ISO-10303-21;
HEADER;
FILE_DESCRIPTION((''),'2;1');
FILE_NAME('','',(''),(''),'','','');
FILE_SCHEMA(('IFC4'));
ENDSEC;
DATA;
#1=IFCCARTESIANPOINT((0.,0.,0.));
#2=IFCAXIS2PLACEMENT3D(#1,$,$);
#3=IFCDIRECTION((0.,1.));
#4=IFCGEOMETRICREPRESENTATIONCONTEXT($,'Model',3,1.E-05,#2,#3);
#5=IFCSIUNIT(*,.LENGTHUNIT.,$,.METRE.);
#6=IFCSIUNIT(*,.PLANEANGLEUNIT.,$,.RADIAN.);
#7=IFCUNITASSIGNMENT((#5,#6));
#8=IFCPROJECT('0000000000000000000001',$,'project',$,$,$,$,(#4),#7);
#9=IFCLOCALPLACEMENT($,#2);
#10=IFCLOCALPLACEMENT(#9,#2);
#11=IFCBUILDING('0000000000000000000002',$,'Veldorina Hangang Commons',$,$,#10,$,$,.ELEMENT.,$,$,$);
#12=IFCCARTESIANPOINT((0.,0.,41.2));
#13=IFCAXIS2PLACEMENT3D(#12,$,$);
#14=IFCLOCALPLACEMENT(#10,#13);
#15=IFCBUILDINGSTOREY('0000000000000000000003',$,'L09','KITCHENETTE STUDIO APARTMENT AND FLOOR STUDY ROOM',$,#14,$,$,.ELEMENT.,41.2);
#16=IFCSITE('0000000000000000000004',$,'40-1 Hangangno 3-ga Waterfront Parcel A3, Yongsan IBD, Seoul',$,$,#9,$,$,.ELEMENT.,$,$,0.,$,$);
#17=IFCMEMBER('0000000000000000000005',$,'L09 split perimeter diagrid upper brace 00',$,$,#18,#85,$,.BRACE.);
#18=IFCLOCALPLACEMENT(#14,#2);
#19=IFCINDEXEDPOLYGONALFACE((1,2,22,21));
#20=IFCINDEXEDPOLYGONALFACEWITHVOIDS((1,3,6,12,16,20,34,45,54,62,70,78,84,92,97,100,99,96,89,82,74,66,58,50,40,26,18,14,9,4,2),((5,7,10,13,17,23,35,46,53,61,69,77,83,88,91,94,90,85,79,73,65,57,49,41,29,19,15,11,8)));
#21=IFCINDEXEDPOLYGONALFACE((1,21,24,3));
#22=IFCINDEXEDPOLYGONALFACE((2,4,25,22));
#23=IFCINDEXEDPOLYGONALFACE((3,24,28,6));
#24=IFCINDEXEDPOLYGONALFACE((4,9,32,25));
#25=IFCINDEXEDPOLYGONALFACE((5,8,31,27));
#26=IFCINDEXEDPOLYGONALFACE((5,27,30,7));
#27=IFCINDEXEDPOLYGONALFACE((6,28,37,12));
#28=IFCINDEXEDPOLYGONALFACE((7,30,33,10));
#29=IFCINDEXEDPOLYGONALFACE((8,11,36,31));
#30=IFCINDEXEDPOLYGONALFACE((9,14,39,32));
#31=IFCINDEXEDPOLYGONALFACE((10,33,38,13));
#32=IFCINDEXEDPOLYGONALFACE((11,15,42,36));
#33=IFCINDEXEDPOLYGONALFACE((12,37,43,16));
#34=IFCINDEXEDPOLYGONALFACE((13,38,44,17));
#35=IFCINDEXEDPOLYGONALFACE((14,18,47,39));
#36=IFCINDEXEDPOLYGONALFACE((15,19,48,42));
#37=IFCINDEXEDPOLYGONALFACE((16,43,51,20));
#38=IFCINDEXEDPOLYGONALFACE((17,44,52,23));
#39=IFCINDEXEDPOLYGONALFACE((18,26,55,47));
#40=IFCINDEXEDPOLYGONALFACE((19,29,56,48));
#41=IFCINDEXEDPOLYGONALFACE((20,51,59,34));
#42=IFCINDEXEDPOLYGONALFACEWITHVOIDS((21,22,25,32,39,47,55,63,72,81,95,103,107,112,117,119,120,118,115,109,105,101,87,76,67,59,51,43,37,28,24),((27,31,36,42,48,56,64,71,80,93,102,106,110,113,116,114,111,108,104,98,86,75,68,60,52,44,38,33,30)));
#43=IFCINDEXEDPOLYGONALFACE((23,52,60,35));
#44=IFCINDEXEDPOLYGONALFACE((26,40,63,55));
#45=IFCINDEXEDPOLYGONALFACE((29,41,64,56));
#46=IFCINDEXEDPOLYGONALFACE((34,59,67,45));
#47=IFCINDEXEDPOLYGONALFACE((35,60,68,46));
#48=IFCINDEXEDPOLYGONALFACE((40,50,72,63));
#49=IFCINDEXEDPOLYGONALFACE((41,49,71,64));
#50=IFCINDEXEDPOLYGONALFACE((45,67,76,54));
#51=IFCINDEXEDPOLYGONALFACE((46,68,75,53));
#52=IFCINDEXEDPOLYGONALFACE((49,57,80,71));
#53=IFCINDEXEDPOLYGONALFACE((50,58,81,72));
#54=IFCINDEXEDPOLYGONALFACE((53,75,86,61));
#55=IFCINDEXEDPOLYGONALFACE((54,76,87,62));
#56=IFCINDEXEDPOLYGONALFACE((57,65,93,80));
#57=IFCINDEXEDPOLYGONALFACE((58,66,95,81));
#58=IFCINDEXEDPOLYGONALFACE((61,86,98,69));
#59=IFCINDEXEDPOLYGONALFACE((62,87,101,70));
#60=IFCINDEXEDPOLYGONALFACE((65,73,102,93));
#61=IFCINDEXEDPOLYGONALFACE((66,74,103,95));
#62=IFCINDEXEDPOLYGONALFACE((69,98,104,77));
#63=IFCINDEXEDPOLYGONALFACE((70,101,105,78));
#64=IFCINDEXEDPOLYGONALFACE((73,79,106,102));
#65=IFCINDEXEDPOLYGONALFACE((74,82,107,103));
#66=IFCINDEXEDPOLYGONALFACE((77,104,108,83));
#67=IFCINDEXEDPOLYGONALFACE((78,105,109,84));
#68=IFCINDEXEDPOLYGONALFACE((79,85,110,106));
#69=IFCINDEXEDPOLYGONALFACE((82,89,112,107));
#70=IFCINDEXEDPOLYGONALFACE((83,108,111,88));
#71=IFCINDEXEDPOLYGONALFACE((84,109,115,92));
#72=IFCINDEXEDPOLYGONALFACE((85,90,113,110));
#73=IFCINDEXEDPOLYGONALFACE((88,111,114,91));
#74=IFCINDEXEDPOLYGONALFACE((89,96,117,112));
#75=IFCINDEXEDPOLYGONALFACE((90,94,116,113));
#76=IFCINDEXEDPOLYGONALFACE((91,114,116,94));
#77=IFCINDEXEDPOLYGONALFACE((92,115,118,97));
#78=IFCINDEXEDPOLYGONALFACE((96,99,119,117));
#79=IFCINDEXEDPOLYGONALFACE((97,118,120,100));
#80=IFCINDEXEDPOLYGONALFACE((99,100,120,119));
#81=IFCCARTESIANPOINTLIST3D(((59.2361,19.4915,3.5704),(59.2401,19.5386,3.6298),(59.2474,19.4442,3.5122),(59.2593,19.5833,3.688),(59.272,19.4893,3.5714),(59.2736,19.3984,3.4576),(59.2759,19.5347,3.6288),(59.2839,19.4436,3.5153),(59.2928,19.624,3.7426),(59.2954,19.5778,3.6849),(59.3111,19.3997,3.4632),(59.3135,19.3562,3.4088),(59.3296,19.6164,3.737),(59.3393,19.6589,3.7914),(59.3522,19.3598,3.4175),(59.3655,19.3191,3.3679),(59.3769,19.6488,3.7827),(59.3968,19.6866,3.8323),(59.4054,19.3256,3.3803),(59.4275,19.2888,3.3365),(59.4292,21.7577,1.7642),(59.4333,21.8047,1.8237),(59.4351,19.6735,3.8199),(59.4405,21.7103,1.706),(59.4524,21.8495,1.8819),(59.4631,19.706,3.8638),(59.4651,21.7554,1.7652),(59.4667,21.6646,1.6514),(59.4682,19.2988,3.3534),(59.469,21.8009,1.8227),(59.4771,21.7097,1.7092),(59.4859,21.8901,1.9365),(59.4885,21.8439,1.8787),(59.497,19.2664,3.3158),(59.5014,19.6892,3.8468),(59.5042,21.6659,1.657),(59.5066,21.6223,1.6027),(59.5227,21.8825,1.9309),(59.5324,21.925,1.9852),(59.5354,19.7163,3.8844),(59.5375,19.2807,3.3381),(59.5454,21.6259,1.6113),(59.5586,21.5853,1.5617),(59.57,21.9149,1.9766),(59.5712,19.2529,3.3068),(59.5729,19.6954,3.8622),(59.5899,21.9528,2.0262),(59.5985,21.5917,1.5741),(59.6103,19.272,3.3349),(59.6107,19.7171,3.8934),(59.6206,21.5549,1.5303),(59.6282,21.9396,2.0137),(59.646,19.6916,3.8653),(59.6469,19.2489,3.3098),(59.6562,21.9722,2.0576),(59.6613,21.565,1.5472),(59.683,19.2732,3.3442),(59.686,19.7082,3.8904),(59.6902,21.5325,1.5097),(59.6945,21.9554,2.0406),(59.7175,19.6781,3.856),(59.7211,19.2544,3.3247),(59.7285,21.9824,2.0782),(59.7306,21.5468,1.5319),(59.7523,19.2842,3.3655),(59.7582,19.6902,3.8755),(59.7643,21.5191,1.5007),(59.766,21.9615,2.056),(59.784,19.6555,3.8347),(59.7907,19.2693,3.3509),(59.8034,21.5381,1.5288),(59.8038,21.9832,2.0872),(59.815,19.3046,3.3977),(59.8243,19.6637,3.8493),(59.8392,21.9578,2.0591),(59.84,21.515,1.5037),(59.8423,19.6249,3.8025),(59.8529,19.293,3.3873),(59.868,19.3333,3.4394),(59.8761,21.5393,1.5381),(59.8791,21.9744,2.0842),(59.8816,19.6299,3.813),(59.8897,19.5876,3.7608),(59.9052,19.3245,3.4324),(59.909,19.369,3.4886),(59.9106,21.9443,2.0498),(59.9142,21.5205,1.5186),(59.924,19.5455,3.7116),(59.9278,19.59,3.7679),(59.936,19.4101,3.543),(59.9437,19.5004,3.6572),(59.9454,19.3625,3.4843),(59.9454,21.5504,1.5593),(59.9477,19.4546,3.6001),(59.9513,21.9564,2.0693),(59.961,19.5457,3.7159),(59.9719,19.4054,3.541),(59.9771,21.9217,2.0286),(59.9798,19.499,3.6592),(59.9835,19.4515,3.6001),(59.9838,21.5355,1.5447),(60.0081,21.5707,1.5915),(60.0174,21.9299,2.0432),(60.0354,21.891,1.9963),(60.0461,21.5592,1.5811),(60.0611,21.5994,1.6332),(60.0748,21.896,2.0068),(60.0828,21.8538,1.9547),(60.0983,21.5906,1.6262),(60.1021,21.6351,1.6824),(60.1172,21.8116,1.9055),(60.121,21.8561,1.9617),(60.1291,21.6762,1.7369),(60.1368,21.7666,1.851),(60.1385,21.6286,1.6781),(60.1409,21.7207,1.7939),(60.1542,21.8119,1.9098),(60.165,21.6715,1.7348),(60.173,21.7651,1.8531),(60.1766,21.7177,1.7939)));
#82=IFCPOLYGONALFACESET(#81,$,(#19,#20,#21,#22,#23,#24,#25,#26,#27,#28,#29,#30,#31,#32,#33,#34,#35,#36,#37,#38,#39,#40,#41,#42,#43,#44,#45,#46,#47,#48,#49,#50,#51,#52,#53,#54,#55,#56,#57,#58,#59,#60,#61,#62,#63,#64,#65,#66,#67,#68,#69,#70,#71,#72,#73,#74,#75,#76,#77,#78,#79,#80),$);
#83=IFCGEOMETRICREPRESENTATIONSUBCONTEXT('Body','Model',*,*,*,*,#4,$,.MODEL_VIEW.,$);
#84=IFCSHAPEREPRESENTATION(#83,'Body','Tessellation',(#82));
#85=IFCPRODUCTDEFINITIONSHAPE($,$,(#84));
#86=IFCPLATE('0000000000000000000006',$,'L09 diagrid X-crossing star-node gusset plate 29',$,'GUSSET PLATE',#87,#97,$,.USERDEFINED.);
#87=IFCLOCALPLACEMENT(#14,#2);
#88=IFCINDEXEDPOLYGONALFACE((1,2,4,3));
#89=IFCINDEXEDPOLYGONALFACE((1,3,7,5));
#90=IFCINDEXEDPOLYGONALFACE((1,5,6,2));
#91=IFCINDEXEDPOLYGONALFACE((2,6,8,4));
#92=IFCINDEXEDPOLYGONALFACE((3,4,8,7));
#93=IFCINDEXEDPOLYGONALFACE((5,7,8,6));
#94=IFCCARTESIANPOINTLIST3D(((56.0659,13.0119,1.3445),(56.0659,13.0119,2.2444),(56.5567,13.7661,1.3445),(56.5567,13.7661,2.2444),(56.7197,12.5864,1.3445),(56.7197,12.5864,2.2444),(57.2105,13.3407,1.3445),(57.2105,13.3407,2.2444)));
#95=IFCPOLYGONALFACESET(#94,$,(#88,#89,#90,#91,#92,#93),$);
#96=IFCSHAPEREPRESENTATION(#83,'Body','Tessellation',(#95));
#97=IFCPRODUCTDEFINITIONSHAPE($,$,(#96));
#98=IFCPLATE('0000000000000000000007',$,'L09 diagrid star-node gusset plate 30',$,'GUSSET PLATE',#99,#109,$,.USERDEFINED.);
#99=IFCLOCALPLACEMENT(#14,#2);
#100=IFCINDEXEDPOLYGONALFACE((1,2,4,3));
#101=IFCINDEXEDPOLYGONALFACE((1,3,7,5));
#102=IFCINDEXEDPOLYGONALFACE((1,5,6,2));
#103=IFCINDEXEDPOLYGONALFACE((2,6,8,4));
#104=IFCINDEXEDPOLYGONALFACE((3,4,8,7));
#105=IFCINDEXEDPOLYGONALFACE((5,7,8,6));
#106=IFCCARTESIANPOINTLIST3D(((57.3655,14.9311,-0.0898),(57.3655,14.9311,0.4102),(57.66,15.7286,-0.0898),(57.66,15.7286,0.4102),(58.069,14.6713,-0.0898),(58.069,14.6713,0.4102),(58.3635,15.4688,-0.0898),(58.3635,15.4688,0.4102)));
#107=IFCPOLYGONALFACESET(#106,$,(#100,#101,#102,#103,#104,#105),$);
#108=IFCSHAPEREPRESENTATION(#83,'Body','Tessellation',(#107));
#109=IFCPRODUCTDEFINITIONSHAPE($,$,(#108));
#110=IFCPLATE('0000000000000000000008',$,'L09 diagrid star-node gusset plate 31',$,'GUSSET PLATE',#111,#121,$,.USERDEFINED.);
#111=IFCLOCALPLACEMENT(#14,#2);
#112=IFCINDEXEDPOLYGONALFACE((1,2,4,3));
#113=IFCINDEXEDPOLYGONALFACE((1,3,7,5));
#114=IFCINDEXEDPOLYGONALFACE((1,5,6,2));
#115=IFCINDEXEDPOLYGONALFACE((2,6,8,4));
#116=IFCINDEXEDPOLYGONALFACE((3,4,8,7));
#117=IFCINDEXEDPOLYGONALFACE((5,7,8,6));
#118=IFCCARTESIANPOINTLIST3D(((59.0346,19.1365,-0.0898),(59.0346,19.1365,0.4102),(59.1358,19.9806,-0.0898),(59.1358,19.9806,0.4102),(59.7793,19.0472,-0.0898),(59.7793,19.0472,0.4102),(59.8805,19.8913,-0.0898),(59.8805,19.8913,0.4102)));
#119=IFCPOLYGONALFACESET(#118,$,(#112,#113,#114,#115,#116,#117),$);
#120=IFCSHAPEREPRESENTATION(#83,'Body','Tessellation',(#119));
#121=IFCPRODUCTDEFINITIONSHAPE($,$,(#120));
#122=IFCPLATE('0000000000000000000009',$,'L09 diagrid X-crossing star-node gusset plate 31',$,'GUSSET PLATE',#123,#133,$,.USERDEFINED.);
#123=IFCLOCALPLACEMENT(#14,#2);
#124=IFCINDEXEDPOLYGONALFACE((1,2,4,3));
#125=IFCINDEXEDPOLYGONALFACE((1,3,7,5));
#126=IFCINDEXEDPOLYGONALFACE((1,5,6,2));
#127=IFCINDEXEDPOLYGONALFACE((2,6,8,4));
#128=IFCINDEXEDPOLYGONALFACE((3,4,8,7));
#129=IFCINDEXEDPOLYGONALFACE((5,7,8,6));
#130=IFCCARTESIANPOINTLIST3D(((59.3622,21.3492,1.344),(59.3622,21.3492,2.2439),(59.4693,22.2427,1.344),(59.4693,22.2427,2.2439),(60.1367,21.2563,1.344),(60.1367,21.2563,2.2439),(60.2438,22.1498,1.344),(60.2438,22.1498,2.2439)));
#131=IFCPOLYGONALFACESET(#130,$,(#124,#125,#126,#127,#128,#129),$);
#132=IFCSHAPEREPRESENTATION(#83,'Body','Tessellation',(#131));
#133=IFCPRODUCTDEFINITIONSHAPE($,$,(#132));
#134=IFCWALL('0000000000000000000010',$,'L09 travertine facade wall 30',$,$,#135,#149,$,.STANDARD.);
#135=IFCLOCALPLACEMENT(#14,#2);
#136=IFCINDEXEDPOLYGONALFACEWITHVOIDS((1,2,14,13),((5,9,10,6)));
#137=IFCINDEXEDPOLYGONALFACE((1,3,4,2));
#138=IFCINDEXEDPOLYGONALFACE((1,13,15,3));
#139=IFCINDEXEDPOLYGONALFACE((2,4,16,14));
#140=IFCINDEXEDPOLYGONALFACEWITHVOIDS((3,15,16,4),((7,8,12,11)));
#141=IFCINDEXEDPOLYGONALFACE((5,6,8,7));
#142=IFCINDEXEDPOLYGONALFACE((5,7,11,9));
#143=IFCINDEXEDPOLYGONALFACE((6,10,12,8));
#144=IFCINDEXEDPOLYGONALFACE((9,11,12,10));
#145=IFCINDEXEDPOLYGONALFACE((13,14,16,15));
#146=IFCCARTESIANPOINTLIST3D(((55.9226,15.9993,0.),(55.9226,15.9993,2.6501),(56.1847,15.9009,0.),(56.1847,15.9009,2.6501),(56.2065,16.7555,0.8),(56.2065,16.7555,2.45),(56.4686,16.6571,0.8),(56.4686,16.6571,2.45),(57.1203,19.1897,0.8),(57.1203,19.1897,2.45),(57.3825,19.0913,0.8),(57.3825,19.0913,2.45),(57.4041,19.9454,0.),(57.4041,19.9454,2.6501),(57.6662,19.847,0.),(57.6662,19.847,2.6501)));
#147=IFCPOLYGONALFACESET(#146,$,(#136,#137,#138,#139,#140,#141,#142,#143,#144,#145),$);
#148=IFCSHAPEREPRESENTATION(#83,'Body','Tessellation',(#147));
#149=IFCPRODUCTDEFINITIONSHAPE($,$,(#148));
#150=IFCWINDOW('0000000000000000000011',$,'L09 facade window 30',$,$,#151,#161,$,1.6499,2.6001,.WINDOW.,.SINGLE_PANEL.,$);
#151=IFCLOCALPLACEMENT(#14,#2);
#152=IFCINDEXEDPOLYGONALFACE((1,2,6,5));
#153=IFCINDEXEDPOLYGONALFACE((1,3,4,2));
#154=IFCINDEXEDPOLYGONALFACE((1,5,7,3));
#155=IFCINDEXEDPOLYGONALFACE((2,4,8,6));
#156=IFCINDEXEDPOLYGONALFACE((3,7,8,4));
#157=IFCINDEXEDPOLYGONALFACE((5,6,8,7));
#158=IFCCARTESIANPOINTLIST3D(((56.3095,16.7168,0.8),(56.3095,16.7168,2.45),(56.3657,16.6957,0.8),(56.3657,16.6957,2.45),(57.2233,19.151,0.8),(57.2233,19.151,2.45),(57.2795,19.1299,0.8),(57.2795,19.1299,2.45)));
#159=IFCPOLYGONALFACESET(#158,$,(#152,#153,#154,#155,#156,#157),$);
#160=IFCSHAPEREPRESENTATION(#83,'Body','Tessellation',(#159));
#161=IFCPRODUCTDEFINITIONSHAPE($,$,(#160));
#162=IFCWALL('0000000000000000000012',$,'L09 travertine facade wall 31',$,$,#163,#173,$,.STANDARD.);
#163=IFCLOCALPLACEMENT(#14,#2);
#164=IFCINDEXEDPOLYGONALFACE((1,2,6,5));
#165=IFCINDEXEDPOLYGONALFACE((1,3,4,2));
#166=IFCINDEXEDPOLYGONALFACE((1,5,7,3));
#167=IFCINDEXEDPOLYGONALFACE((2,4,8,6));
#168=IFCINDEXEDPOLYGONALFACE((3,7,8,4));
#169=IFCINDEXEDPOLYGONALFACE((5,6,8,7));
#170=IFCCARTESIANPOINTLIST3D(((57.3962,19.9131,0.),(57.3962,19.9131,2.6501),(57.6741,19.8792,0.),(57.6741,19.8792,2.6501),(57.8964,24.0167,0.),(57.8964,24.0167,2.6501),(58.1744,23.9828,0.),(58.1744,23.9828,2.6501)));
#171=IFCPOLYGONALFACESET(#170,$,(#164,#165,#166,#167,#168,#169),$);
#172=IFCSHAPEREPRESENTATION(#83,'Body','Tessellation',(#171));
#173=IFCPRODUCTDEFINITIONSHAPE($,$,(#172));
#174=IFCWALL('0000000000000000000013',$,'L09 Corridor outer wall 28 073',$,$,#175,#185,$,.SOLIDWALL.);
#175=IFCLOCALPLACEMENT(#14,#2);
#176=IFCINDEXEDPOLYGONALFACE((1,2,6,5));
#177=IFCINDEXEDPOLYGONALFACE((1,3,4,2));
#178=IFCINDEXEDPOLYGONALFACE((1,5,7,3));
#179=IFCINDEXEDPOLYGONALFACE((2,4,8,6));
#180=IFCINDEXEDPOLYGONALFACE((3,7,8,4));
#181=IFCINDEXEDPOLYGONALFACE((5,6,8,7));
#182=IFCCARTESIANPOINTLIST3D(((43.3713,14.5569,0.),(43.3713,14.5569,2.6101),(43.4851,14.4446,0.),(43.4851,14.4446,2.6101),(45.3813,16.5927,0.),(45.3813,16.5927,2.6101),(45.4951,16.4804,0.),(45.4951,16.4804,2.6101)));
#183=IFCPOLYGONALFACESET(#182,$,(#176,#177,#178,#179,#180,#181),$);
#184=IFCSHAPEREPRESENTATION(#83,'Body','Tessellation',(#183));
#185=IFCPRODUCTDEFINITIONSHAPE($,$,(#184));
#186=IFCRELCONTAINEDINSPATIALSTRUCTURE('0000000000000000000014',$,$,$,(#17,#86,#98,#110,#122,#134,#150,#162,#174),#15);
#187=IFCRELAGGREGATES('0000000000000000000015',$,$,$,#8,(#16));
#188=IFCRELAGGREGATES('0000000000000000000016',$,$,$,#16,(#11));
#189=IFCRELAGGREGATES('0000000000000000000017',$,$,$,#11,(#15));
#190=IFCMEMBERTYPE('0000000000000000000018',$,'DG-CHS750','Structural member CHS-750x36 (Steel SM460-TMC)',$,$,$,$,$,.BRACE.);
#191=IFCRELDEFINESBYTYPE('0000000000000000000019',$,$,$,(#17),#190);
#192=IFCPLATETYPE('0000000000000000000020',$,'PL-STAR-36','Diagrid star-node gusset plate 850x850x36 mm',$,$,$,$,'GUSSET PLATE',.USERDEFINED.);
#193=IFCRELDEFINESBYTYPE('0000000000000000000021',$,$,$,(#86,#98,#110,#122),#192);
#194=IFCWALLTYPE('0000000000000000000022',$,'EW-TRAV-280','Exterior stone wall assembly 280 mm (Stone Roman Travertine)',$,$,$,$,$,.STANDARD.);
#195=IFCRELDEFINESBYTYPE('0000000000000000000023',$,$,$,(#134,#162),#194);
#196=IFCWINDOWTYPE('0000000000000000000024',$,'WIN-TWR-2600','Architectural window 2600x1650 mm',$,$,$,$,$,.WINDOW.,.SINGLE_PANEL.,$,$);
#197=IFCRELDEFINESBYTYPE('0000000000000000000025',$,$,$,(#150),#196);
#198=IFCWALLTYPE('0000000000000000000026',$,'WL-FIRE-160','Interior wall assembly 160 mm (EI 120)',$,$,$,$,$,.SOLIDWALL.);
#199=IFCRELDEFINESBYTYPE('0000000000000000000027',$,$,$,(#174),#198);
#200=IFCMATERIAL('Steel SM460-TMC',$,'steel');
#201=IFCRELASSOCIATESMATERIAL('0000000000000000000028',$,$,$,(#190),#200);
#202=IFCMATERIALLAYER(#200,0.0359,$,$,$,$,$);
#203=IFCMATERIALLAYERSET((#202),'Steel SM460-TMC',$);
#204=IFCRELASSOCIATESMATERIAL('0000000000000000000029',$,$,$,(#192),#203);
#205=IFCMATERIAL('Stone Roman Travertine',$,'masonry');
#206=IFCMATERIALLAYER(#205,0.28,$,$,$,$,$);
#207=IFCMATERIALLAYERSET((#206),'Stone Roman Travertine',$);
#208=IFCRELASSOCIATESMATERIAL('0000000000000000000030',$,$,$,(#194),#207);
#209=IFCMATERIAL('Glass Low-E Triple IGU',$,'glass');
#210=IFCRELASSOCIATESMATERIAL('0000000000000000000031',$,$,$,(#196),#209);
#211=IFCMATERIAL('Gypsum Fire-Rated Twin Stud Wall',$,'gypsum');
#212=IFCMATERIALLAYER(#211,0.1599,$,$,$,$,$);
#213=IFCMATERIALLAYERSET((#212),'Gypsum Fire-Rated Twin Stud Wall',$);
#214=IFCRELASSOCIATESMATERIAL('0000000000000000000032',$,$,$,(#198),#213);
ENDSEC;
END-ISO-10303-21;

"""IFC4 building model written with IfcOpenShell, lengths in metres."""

from ifc_helpers import new_model, si_unit, direction, frame, frame_2d, origin, origin_2d, place, context, subcontext, project, spatial, rectangle, hollow_circle, extrude, material, layer, layer_set, material_profile, profile_set, type_object, element, fill, save


model = new_model("IFC4")

# Units and contexts
model_context = context("Model", 3, precision=1e-05, world=origin(), true_north=direction((0.0, 1.0)))
body_context = subcontext(model_context, "Body", "Model", "MODEL_VIEW")
ifc_project = project(units=[si_unit("LENGTHUNIT", "METRE"), si_unit("PLANEANGLEUNIT", "RADIAN")], contexts=[model_context])

# Site, building, storey
site_placement = place(None, origin())
site = spatial("IfcSite", under=ifc_project, at=site_placement, Name="40-1 Hangangno 3-ga Waterfront Parcel A3, Yongsan IBD, Seoul", CompositionType="ELEMENT", RefElevation=0.0)
building_placement = place(site_placement, origin())
building = spatial("IfcBuilding", under=site, at=building_placement, Name="Veldorina Hangang Commons", CompositionType="ELEMENT")
storey_placement = place(building_placement, frame((0.0, 0.0, 41.2)))
storey = spatial("IfcBuildingStorey", under=building, at=storey_placement, Name="L09", Description="KITCHENETTE STUDIO APARTMENT AND FLOOR STUDY ROOM", CompositionType="ELEMENT", Elevation=41.2)

# Shared definitions
ifc_material_1 = material(Name="Steel SM460-TMC", Category="steel")

# Member
ifc_material_profile_1 = material_profile(ifc_material_1, hollow_circle(Radius=0.375, WallThickness=0.0359, at=origin_2d()), Name="CHS-750x36")
ifc_profile_set_1 = profile_set([ifc_material_profile_1], Name="Steel SM460-TMC")
member_type = type_object("IfcMemberType", Name="DG-CHS750", Description="Structural member CHS-750x36 (Steel SM460-TMC)", PredefinedType="BRACE", material=ifc_profile_set_1)
member_1_placement = place(storey_placement, frame((59.803, 21.7495, 1.7939), z_axis=(-0.066494, -0.780271, 0.621897), x_axis=(0.996389, -0.084911, 0.0)))
element("IfcMember", 1, at=member_1_placement, inside=storey, type_object=member_type, Name="L09 split perimeter diagrid upper brace 00", PredefinedType="BRACE", context=body_context, shape_type="SweptSolid", body=[
    extrude(hollow_circle(Radius=0.375, WallThickness=0.0359, at=origin_2d()), origin(), (0.0, 0.0, 1.0), 2.9043),
])

# Plates
ifc_layer_1 = layer(ifc_material_1, 0.0359)
ifc_layer_set_1 = layer_set([ifc_layer_1], Name="Steel SM460-TMC")
plate_type = type_object("IfcPlateType", Name="PL-STAR-36", Description="Diagrid star-node gusset plate 850x850x36 mm", ElementType="GUSSET PLATE", PredefinedType="USERDEFINED", material=ifc_layer_set_1)
plate_1_placement = place(storey_placement, frame((56.6382, 13.1763, 1.3445), z_axis=(0.0, 0.0, 1.0), x_axis=(0.545429, 0.838157, 0.0)))
element("IfcPlate", 2, at=plate_1_placement, inside=storey, type_object=plate_type, Name="L09 diagrid X-crossing star-node gusset plate 29", ObjectType="GUSSET PLATE", PredefinedType="USERDEFINED", context=body_context, shape_type="SweptSolid", body=[
    extrude(rectangle(XDim=0.8999, YDim=0.78, at=origin_2d()), origin(), (0.0, 0.0, 1.0), 0.8999),
])
for number, where, z_axis, x_axis, name in (
    (3, (57.8645, 15.2, -0.0898), (0.0, 0.0, 1.0), (0.346428, 0.938077, 0.0), "L09 diagrid star-node gusset plate 30"),
    (4, (59.4575, 19.5139, -0.0898), (0.0, 0.0, 1.0), (0.119045, 0.992889, 0.0), "L09 diagrid star-node gusset plate 31"),
):
    element("IfcPlate", number, at=place(storey_placement, frame(where, z_axis=z_axis, x_axis=x_axis)), inside=storey, type_object=plate_type, Name=name, ObjectType="GUSSET PLATE", PredefinedType="USERDEFINED", context=body_context, shape_type="SweptSolid", body=[
        extrude(rectangle(XDim=0.8501, YDim=0.75, at=origin_2d()), origin(), (0.0, 0.0, 1.0), 0.5),
    ])
plate_2_placement = place(storey_placement, frame((59.803, 21.7495, 1.344), z_axis=(0.0, 0.0, 1.0), x_axis=(0.119045, 0.992889, 0.0)))
element("IfcPlate", 5, at=plate_2_placement, inside=storey, type_object=plate_type, Name="L09 diagrid X-crossing star-node gusset plate 31", ObjectType="GUSSET PLATE", PredefinedType="USERDEFINED", context=body_context, shape_type="SweptSolid", body=[
    extrude(rectangle(XDim=0.8999, YDim=0.78, at=origin_2d()), origin(), (0.0, 0.0, 1.0), 0.8999),
])

# Wall, opening, window
ifc_material_2 = material(Name="Stone Roman Travertine", Category="masonry")
ifc_layer_2 = layer(ifc_material_2, 0.28)
ifc_layer_set_2 = layer_set([ifc_layer_2], Name="Stone Roman Travertine")
wall_type_1 = type_object("IfcWallType", Name="EW-TRAV-280", Description="Exterior stone wall assembly 280 mm (Stone Roman Travertine)", PredefinedType="STANDARD", material=ifc_layer_set_2)
wall_1_placement = place(storey_placement, frame((56.0537, 15.9502, 0.0), z_axis=(0.0, 0.0, 1.0), x_axis=(0.351473, 0.936198, 0.0)))
wall_1 = element("IfcWall", 6, at=wall_1_placement, inside=storey, type_object=wall_type_1, Name="L09 travertine facade wall 30", PredefinedType="STANDARD", context=body_context, shape_type="SweptSolid", body=[
    extrude(rectangle(XDim=4.2151, YDim=0.28, at=frame_2d((2.1074, 0.0))), origin(), (0.0, 0.0, 1.0), 2.6501),
])
opening_1_placement = place(wall_1_placement, frame((0.8076, 0.0, 0.8)))
opening_1 = element("IfcOpeningElement", 7, at=opening_1_placement, cuts=wall_1, PredefinedType="OPENING", context=body_context, shape_type="SweptSolid", body=[
    extrude(rectangle(XDim=2.6001, YDim=1.6499, at=frame_2d((1.3, 0.825))), frame((0.0, 0.1499, 0.0), z_axis=(0.0, -1.0, 0.0), x_axis=(1.0, 0.0, 0.0)), (0.0, 0.0, 1.0), 0.3),
])
ifc_material_3 = material(Name="Glass Low-E Triple IGU", Category="glass")
window_type = type_object("IfcWindowType", Name="WIN-TWR-2600", Description="Architectural window 2600x1650 mm", PartitioningType="SINGLE_PANEL", PredefinedType="WINDOW", material=ifc_material_3)
window_placement = place(opening_1_placement, origin())
window = element("IfcWindow", 8, at=window_placement, inside=storey, type_object=window_type, Name="L09 facade window 30", OverallHeight=1.6499, OverallWidth=2.6001, PartitioningType="SINGLE_PANEL", PredefinedType="WINDOW", context=body_context, shape_type="SweptSolid", body=[
    extrude(rectangle(XDim=2.6001, YDim=1.6499, at=frame_2d((1.3, 0.825))), frame((0.0, 0.03, 0.0), z_axis=(0.0, -1.0, 0.0), x_axis=(1.0, 0.0, 0.0)), (0.0, 0.0, 1.0), 0.0601),
])
fill(opening_1, window)

# Walls
wall_2_placement = place(storey_placement, frame((57.5352, 19.8962, 0.0), z_axis=(0.0, 0.0, 1.0), x_axis=(0.121003, 0.992652, 0.0)))
element("IfcWall", 9, at=wall_2_placement, inside=storey, type_object=wall_type_1, Name="L09 travertine facade wall 31", PredefinedType="STANDARD", context=body_context, shape_type="SweptSolid", body=[
    extrude(rectangle(XDim=4.134, YDim=0.28, at=frame_2d((2.0669, 0.0))), origin(), (0.0, 0.0, 1.0), 2.6501),
])
ifc_material_4 = material(Name="Gypsum Fire-Rated Twin Stud Wall", Category="gypsum")
ifc_layer_3 = layer(ifc_material_4, 0.1599)
ifc_layer_set_3 = layer_set([ifc_layer_3], Name="Gypsum Fire-Rated Twin Stud Wall")
wall_type_2 = type_object("IfcWallType", Name="WL-FIRE-160", Description="Interior wall assembly 160 mm (EI 120)", PredefinedType="SOLIDWALL", material=ifc_layer_set_3)
wall_3_placement = place(storey_placement, frame((43.4282, 14.5007, 0.0), z_axis=(0.0, 0.0, 1.0), x_axis=(0.70257, 0.711615, 0.0)))
element("IfcWall", 10, at=wall_3_placement, inside=storey, type_object=wall_type_2, Name="L09 Corridor outer wall 28 073", PredefinedType="SOLIDWALL", context=body_context, shape_type="SweptSolid", body=[
    extrude(rectangle(XDim=2.8608, YDim=0.1599, at=frame_2d((1.4304, 0.0))), origin(), (0.0, 0.0, 1.0), 2.6101),
])

save(model, "model.ifc")
